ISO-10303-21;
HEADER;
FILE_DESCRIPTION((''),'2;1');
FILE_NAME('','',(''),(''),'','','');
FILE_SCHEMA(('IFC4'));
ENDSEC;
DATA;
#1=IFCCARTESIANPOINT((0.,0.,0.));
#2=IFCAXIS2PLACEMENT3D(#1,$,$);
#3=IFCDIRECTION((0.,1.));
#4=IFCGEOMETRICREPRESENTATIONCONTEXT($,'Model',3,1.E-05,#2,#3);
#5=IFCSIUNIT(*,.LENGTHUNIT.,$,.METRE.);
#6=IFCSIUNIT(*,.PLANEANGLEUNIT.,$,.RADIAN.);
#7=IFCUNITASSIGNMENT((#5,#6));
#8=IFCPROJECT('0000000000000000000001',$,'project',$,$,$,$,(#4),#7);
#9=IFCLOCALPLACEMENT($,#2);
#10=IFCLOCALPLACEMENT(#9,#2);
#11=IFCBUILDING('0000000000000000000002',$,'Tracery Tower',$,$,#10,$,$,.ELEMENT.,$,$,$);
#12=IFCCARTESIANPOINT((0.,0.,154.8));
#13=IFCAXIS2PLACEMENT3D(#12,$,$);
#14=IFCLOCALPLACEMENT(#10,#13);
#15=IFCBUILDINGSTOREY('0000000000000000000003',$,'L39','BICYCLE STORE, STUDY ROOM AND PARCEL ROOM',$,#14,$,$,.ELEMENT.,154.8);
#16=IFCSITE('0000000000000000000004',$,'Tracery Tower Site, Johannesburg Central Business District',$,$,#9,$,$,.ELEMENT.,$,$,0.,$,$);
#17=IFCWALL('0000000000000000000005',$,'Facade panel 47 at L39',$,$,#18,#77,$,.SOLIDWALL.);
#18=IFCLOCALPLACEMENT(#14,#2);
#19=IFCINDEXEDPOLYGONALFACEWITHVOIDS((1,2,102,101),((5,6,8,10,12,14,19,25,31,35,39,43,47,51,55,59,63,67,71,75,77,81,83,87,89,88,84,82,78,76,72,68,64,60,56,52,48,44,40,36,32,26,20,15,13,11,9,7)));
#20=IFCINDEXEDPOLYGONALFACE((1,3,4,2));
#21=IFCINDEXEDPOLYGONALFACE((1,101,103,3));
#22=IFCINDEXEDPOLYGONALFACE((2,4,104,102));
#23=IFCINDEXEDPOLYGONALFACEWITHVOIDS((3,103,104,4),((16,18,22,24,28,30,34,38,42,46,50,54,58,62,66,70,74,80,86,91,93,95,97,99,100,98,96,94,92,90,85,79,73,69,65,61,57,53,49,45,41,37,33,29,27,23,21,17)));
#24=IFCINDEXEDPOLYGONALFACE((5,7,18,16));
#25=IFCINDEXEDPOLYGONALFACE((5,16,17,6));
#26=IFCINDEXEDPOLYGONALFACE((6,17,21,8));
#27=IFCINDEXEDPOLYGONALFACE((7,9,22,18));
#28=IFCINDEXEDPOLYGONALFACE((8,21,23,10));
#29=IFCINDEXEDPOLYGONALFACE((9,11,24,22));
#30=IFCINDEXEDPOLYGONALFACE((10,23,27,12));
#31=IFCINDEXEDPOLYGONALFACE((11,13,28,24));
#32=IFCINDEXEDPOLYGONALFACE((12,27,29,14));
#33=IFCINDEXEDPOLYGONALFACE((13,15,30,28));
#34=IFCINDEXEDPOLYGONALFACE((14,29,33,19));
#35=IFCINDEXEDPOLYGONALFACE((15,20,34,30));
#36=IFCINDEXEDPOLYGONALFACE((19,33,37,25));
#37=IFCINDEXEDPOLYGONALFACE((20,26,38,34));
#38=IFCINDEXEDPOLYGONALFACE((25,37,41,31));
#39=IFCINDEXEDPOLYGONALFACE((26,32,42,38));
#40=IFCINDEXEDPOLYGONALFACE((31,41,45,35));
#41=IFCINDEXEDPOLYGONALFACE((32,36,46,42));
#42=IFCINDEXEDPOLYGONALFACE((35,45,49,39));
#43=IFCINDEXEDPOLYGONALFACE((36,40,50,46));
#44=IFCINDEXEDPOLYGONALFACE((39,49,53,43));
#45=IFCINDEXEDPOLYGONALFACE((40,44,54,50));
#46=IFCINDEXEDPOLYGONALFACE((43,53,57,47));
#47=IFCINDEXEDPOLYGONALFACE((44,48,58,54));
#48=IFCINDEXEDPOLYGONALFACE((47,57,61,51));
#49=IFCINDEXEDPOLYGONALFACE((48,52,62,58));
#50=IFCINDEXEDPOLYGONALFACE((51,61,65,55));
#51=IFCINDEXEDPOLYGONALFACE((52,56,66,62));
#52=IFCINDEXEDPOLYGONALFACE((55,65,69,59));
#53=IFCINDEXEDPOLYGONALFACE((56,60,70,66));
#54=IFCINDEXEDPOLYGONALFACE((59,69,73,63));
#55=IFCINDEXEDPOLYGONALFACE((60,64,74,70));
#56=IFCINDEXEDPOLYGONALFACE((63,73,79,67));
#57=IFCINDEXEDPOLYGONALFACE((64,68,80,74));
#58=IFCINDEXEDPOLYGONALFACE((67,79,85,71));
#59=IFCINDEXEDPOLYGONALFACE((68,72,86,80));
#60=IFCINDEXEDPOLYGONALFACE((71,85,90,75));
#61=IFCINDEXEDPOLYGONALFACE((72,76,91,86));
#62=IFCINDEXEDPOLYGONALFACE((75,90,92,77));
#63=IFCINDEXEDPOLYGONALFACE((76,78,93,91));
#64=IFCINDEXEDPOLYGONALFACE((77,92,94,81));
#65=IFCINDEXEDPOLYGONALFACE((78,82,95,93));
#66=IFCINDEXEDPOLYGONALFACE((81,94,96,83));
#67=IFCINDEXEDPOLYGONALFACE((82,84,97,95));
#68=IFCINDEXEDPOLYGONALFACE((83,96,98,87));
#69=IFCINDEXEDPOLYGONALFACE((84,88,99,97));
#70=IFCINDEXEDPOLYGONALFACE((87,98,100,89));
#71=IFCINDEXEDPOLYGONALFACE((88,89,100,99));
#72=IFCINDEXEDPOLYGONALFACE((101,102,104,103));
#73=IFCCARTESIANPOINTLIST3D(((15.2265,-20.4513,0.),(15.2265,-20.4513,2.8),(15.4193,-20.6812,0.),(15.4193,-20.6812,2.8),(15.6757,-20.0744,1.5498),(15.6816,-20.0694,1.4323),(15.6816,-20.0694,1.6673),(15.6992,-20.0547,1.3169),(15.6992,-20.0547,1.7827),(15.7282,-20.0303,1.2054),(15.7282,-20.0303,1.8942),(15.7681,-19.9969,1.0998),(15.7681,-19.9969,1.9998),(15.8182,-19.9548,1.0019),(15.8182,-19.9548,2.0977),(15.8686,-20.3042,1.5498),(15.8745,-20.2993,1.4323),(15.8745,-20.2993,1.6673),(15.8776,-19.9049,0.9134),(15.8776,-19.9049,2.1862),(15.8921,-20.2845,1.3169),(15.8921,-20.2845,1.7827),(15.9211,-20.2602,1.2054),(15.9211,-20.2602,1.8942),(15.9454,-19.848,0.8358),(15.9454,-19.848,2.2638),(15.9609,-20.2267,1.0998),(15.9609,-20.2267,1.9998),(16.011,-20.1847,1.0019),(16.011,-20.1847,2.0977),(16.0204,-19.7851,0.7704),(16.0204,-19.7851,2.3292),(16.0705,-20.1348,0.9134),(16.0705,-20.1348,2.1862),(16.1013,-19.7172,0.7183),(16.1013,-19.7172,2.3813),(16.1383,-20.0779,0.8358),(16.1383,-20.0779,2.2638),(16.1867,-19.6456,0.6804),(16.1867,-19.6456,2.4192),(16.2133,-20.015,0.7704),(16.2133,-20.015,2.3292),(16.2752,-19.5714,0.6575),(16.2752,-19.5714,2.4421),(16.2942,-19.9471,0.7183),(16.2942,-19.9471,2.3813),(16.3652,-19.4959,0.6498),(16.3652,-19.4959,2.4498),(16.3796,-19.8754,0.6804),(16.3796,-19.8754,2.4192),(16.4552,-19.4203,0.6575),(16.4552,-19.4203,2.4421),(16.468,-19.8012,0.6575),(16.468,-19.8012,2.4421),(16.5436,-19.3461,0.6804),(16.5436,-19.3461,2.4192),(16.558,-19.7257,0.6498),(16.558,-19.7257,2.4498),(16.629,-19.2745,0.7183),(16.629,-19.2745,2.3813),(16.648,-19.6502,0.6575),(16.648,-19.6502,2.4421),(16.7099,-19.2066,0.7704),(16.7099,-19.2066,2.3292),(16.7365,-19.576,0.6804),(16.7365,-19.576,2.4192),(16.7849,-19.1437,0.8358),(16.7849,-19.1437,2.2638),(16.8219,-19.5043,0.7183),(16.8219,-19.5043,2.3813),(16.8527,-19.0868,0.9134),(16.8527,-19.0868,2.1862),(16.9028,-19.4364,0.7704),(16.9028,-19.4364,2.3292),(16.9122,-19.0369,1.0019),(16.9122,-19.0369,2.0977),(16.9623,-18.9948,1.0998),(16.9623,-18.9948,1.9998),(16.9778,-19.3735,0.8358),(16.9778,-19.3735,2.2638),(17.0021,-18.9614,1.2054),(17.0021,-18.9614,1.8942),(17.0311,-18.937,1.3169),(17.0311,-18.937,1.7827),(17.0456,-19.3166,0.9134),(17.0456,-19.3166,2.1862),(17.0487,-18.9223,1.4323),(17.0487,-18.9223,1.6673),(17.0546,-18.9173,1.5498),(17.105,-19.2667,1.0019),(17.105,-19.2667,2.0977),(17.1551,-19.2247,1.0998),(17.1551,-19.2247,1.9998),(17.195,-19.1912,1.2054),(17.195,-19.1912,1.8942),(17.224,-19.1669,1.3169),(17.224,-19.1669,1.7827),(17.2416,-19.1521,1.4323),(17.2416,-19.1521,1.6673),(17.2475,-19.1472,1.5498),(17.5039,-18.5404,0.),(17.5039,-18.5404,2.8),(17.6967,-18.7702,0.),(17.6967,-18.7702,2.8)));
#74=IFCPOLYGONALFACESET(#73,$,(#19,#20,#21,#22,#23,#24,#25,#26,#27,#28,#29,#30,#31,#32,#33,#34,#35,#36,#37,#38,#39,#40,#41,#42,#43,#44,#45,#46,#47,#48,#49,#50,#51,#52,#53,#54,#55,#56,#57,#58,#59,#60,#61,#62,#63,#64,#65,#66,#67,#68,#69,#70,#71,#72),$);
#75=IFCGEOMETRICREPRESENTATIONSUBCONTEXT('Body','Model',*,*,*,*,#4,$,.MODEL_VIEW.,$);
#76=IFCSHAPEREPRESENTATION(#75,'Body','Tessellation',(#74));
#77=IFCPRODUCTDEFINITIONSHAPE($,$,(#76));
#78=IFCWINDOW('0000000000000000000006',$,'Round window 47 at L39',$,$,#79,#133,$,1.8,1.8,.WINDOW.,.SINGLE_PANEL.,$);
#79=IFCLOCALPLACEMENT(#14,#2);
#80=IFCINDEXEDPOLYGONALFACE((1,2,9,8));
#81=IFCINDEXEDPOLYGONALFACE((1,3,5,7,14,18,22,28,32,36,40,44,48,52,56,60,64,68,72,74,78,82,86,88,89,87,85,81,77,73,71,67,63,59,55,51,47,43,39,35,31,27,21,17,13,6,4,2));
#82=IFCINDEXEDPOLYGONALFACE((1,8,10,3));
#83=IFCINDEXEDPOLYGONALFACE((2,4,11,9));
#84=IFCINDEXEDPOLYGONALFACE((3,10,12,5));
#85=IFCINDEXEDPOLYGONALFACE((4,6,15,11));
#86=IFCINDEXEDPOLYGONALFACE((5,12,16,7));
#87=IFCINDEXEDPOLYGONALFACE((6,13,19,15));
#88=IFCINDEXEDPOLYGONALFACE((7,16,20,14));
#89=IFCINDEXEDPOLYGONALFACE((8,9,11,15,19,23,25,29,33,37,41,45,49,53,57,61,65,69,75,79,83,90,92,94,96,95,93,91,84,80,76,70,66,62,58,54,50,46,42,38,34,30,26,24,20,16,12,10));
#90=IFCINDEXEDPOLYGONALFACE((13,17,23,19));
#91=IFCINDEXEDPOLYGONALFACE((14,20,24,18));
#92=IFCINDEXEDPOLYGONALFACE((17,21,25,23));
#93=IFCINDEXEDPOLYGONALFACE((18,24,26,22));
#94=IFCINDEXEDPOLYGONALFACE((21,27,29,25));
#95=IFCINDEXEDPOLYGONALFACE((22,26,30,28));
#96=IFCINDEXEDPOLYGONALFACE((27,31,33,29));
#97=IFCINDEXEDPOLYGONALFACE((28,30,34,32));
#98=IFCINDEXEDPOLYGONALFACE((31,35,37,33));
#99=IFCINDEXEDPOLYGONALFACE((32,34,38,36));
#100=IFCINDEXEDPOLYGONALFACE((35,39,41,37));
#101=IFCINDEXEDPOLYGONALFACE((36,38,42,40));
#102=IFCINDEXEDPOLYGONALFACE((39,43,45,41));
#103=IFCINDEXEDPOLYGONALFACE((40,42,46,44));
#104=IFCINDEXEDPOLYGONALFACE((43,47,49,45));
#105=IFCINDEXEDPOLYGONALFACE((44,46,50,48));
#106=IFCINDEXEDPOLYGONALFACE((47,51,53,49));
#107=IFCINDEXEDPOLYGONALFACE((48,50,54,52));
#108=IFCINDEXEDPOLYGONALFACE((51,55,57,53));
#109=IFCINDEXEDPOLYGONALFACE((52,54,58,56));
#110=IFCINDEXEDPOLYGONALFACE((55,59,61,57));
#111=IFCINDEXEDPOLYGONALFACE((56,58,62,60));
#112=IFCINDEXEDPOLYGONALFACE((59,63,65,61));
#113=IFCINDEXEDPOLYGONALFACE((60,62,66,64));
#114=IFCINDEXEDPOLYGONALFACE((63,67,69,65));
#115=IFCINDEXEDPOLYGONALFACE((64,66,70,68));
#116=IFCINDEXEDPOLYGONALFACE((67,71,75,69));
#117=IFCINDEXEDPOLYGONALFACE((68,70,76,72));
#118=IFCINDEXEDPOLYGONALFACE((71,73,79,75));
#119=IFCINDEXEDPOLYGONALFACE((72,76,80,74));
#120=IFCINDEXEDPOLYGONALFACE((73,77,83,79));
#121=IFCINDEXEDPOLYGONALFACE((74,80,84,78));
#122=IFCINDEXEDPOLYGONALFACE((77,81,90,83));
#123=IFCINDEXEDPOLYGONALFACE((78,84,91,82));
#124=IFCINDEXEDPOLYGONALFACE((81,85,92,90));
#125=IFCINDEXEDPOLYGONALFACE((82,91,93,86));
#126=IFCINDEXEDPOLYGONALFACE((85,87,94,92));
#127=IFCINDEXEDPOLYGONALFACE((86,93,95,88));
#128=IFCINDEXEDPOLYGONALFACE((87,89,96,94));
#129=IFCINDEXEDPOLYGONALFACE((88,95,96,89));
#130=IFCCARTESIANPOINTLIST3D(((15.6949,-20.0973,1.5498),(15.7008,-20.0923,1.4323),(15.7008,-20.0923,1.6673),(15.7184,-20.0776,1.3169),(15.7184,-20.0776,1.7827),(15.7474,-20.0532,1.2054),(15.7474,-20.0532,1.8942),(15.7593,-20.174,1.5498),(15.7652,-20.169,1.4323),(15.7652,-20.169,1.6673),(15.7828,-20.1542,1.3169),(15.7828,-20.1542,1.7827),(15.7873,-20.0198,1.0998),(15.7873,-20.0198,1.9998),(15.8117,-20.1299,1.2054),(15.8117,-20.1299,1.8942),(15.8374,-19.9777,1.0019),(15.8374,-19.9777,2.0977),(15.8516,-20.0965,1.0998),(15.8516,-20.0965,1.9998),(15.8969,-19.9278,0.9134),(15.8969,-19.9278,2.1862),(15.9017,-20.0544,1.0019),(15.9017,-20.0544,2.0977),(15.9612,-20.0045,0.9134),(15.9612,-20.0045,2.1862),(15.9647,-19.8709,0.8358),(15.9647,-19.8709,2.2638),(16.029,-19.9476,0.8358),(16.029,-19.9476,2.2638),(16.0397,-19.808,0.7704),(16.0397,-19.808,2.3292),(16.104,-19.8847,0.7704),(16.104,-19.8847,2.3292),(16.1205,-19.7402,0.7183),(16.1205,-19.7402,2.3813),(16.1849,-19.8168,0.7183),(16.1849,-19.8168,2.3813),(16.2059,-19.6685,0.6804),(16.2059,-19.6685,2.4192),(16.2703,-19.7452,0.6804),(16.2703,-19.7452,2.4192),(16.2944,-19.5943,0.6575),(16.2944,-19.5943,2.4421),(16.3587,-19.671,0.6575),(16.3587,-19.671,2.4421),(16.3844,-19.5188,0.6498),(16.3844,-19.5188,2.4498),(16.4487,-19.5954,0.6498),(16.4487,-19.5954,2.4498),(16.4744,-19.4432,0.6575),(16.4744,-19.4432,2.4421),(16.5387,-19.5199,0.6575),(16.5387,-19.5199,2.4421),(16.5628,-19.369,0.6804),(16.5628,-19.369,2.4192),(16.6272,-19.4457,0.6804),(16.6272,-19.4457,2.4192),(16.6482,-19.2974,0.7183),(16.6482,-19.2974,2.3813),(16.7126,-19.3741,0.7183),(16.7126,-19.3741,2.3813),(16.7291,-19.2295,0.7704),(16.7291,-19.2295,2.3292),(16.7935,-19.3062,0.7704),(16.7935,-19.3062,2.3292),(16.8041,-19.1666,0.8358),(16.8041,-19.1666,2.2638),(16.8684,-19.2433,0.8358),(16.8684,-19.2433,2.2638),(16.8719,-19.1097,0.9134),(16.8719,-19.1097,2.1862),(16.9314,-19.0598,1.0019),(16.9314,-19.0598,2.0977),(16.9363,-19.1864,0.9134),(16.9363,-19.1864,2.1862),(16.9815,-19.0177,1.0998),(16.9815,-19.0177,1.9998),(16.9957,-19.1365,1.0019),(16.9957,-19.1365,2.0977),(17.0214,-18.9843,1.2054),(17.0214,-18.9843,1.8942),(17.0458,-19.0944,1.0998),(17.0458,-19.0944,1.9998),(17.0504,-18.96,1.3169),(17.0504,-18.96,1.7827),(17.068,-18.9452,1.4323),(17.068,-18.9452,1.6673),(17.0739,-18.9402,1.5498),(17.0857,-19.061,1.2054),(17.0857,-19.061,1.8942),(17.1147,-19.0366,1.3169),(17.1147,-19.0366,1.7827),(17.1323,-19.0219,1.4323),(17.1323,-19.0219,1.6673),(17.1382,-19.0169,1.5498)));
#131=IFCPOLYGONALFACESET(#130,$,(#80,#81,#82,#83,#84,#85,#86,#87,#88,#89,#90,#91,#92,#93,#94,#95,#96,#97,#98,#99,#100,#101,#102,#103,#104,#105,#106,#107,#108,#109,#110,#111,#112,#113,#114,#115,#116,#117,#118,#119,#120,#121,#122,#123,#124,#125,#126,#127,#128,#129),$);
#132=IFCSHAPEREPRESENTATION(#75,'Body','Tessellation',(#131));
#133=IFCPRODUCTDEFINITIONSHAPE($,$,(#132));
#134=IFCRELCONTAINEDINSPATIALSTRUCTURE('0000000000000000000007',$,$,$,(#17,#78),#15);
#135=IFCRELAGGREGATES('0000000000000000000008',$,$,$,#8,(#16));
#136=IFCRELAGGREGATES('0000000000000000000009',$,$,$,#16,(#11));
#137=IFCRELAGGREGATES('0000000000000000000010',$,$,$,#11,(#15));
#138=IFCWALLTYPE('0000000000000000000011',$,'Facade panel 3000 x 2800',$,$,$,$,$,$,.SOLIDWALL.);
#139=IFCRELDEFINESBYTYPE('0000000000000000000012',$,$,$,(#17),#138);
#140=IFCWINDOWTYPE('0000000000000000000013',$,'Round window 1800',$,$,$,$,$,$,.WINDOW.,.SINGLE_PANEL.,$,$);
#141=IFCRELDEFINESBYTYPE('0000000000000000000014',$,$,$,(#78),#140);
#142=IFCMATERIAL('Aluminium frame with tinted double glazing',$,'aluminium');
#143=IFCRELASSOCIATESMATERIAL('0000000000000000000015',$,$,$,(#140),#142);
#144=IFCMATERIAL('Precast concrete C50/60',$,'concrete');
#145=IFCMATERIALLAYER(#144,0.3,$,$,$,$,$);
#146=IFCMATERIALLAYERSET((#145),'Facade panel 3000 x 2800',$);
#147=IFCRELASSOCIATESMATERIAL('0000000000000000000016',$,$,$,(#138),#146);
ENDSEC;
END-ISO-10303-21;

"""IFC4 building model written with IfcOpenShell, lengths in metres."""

from ifc_helpers import new_model, si_unit, direction, frame, frame_2d, origin, origin_2d, place, context, subcontext, project, spatial, rectangle, circle, extrude, material, layer, layer_set, type_object, element, fill, save


model = new_model("IFC4")

# Units and contexts
model_context = context("Model", 3, precision=1e-05, world=origin(), true_north=direction((0.0, 1.0)))
body_context = subcontext(model_context, "Body", "Model", "MODEL_VIEW")
ifc_project = project(units=[si_unit("LENGTHUNIT", "METRE"), si_unit("PLANEANGLEUNIT", "RADIAN")], contexts=[model_context])

# Site, building, storey
site_placement = place(None, origin())
site = spatial("IfcSite", under=ifc_project, at=site_placement, Name="Tracery Tower Site, Johannesburg Central Business District", CompositionType="ELEMENT", RefElevation=0.0)
building_placement = place(site_placement, origin())
building = spatial("IfcBuilding", under=site, at=building_placement, Name="Tracery Tower", CompositionType="ELEMENT")
storey_placement = place(building_placement, frame((0.0, 0.0, 154.8)))
storey = spatial("IfcBuildingStorey", under=building, at=storey_placement, Name="L39", Description="BICYCLE STORE, STUDY ROOM AND PARCEL ROOM", CompositionType="ELEMENT", Elevation=154.8)

# Wall, opening, window
ifc_material_1 = material(Name="Aluminium frame with tinted double glazing", Category="aluminium")
window_type = type_object("IfcWindowType", Name="Round window 1800", PartitioningType="SINGLE_PANEL", PredefinedType="WINDOW", material=ifc_material_1)
ifc_material_2 = material(Name="Precast concrete C50/60", Category="concrete")
ifc_layer_1 = layer(ifc_material_2, 0.3)
ifc_layer_set_1 = layer_set([ifc_layer_1], Name="Facade panel 3000 x 2800")
wall_type_1 = type_object("IfcWallType", Name="Facade panel 3000 x 2800", PredefinedType="SOLIDWALL", material=ifc_layer_set_1)
wall_1_placement = place(storey_placement, frame((15.323, -20.5662, 0.0), z_axis=(0.0, 0.0, 1.0), x_axis=(0.766049, 0.642782, 0.0)))
wall_1 = element("IfcWall", 1, at=wall_1_placement, inside=storey, type_object=wall_type_1, Name="Facade panel 47 at L39", PredefinedType="SOLIDWALL", context=body_context, shape_type="SweptSolid", body=[
    extrude(rectangle(XDim=2.9729, YDim=0.3, at=frame_2d((1.4863, 0.0))), origin(), (0.0, 0.0, 1.0), 2.8),
])
opening_1_placement = place(wall_1_placement, frame((1.4863, 0.0, 1.5498)))
opening_1 = element("IfcOpeningElement", 2, at=opening_1_placement, cuts=wall_1, PredefinedType="OPENING", context=body_context, shape_type="SweptSolid", body=[
    extrude(circle(Radius=0.9, at=origin_2d()), frame((0.0, 0.1599, 0.0), z_axis=(0.0, -1.0, 0.0), x_axis=(1.0, 0.0, 0.0)), (0.0, 0.0, 1.0), 0.3201),
])
window_1_placement = place(opening_1_placement, origin())
window_1 = element("IfcWindow", 3, at=window_1_placement, inside=storey, type_object=window_type, Name="Round window 47 at L39", OverallHeight=1.8, OverallWidth=1.8, PartitioningType="SINGLE_PANEL", PredefinedType="WINDOW", context=body_context, shape_type="SweptSolid", body=[
    extrude(circle(Radius=0.9, at=origin_2d()), frame((0.0, 0.1201, 0.0), z_axis=(0.0, -1.0, 0.0), x_axis=(1.0, 0.0, 0.0)), (0.0, 0.0, 1.0), 0.1001),
])
fill(opening_1, window_1)

save(model, "model.ifc")
